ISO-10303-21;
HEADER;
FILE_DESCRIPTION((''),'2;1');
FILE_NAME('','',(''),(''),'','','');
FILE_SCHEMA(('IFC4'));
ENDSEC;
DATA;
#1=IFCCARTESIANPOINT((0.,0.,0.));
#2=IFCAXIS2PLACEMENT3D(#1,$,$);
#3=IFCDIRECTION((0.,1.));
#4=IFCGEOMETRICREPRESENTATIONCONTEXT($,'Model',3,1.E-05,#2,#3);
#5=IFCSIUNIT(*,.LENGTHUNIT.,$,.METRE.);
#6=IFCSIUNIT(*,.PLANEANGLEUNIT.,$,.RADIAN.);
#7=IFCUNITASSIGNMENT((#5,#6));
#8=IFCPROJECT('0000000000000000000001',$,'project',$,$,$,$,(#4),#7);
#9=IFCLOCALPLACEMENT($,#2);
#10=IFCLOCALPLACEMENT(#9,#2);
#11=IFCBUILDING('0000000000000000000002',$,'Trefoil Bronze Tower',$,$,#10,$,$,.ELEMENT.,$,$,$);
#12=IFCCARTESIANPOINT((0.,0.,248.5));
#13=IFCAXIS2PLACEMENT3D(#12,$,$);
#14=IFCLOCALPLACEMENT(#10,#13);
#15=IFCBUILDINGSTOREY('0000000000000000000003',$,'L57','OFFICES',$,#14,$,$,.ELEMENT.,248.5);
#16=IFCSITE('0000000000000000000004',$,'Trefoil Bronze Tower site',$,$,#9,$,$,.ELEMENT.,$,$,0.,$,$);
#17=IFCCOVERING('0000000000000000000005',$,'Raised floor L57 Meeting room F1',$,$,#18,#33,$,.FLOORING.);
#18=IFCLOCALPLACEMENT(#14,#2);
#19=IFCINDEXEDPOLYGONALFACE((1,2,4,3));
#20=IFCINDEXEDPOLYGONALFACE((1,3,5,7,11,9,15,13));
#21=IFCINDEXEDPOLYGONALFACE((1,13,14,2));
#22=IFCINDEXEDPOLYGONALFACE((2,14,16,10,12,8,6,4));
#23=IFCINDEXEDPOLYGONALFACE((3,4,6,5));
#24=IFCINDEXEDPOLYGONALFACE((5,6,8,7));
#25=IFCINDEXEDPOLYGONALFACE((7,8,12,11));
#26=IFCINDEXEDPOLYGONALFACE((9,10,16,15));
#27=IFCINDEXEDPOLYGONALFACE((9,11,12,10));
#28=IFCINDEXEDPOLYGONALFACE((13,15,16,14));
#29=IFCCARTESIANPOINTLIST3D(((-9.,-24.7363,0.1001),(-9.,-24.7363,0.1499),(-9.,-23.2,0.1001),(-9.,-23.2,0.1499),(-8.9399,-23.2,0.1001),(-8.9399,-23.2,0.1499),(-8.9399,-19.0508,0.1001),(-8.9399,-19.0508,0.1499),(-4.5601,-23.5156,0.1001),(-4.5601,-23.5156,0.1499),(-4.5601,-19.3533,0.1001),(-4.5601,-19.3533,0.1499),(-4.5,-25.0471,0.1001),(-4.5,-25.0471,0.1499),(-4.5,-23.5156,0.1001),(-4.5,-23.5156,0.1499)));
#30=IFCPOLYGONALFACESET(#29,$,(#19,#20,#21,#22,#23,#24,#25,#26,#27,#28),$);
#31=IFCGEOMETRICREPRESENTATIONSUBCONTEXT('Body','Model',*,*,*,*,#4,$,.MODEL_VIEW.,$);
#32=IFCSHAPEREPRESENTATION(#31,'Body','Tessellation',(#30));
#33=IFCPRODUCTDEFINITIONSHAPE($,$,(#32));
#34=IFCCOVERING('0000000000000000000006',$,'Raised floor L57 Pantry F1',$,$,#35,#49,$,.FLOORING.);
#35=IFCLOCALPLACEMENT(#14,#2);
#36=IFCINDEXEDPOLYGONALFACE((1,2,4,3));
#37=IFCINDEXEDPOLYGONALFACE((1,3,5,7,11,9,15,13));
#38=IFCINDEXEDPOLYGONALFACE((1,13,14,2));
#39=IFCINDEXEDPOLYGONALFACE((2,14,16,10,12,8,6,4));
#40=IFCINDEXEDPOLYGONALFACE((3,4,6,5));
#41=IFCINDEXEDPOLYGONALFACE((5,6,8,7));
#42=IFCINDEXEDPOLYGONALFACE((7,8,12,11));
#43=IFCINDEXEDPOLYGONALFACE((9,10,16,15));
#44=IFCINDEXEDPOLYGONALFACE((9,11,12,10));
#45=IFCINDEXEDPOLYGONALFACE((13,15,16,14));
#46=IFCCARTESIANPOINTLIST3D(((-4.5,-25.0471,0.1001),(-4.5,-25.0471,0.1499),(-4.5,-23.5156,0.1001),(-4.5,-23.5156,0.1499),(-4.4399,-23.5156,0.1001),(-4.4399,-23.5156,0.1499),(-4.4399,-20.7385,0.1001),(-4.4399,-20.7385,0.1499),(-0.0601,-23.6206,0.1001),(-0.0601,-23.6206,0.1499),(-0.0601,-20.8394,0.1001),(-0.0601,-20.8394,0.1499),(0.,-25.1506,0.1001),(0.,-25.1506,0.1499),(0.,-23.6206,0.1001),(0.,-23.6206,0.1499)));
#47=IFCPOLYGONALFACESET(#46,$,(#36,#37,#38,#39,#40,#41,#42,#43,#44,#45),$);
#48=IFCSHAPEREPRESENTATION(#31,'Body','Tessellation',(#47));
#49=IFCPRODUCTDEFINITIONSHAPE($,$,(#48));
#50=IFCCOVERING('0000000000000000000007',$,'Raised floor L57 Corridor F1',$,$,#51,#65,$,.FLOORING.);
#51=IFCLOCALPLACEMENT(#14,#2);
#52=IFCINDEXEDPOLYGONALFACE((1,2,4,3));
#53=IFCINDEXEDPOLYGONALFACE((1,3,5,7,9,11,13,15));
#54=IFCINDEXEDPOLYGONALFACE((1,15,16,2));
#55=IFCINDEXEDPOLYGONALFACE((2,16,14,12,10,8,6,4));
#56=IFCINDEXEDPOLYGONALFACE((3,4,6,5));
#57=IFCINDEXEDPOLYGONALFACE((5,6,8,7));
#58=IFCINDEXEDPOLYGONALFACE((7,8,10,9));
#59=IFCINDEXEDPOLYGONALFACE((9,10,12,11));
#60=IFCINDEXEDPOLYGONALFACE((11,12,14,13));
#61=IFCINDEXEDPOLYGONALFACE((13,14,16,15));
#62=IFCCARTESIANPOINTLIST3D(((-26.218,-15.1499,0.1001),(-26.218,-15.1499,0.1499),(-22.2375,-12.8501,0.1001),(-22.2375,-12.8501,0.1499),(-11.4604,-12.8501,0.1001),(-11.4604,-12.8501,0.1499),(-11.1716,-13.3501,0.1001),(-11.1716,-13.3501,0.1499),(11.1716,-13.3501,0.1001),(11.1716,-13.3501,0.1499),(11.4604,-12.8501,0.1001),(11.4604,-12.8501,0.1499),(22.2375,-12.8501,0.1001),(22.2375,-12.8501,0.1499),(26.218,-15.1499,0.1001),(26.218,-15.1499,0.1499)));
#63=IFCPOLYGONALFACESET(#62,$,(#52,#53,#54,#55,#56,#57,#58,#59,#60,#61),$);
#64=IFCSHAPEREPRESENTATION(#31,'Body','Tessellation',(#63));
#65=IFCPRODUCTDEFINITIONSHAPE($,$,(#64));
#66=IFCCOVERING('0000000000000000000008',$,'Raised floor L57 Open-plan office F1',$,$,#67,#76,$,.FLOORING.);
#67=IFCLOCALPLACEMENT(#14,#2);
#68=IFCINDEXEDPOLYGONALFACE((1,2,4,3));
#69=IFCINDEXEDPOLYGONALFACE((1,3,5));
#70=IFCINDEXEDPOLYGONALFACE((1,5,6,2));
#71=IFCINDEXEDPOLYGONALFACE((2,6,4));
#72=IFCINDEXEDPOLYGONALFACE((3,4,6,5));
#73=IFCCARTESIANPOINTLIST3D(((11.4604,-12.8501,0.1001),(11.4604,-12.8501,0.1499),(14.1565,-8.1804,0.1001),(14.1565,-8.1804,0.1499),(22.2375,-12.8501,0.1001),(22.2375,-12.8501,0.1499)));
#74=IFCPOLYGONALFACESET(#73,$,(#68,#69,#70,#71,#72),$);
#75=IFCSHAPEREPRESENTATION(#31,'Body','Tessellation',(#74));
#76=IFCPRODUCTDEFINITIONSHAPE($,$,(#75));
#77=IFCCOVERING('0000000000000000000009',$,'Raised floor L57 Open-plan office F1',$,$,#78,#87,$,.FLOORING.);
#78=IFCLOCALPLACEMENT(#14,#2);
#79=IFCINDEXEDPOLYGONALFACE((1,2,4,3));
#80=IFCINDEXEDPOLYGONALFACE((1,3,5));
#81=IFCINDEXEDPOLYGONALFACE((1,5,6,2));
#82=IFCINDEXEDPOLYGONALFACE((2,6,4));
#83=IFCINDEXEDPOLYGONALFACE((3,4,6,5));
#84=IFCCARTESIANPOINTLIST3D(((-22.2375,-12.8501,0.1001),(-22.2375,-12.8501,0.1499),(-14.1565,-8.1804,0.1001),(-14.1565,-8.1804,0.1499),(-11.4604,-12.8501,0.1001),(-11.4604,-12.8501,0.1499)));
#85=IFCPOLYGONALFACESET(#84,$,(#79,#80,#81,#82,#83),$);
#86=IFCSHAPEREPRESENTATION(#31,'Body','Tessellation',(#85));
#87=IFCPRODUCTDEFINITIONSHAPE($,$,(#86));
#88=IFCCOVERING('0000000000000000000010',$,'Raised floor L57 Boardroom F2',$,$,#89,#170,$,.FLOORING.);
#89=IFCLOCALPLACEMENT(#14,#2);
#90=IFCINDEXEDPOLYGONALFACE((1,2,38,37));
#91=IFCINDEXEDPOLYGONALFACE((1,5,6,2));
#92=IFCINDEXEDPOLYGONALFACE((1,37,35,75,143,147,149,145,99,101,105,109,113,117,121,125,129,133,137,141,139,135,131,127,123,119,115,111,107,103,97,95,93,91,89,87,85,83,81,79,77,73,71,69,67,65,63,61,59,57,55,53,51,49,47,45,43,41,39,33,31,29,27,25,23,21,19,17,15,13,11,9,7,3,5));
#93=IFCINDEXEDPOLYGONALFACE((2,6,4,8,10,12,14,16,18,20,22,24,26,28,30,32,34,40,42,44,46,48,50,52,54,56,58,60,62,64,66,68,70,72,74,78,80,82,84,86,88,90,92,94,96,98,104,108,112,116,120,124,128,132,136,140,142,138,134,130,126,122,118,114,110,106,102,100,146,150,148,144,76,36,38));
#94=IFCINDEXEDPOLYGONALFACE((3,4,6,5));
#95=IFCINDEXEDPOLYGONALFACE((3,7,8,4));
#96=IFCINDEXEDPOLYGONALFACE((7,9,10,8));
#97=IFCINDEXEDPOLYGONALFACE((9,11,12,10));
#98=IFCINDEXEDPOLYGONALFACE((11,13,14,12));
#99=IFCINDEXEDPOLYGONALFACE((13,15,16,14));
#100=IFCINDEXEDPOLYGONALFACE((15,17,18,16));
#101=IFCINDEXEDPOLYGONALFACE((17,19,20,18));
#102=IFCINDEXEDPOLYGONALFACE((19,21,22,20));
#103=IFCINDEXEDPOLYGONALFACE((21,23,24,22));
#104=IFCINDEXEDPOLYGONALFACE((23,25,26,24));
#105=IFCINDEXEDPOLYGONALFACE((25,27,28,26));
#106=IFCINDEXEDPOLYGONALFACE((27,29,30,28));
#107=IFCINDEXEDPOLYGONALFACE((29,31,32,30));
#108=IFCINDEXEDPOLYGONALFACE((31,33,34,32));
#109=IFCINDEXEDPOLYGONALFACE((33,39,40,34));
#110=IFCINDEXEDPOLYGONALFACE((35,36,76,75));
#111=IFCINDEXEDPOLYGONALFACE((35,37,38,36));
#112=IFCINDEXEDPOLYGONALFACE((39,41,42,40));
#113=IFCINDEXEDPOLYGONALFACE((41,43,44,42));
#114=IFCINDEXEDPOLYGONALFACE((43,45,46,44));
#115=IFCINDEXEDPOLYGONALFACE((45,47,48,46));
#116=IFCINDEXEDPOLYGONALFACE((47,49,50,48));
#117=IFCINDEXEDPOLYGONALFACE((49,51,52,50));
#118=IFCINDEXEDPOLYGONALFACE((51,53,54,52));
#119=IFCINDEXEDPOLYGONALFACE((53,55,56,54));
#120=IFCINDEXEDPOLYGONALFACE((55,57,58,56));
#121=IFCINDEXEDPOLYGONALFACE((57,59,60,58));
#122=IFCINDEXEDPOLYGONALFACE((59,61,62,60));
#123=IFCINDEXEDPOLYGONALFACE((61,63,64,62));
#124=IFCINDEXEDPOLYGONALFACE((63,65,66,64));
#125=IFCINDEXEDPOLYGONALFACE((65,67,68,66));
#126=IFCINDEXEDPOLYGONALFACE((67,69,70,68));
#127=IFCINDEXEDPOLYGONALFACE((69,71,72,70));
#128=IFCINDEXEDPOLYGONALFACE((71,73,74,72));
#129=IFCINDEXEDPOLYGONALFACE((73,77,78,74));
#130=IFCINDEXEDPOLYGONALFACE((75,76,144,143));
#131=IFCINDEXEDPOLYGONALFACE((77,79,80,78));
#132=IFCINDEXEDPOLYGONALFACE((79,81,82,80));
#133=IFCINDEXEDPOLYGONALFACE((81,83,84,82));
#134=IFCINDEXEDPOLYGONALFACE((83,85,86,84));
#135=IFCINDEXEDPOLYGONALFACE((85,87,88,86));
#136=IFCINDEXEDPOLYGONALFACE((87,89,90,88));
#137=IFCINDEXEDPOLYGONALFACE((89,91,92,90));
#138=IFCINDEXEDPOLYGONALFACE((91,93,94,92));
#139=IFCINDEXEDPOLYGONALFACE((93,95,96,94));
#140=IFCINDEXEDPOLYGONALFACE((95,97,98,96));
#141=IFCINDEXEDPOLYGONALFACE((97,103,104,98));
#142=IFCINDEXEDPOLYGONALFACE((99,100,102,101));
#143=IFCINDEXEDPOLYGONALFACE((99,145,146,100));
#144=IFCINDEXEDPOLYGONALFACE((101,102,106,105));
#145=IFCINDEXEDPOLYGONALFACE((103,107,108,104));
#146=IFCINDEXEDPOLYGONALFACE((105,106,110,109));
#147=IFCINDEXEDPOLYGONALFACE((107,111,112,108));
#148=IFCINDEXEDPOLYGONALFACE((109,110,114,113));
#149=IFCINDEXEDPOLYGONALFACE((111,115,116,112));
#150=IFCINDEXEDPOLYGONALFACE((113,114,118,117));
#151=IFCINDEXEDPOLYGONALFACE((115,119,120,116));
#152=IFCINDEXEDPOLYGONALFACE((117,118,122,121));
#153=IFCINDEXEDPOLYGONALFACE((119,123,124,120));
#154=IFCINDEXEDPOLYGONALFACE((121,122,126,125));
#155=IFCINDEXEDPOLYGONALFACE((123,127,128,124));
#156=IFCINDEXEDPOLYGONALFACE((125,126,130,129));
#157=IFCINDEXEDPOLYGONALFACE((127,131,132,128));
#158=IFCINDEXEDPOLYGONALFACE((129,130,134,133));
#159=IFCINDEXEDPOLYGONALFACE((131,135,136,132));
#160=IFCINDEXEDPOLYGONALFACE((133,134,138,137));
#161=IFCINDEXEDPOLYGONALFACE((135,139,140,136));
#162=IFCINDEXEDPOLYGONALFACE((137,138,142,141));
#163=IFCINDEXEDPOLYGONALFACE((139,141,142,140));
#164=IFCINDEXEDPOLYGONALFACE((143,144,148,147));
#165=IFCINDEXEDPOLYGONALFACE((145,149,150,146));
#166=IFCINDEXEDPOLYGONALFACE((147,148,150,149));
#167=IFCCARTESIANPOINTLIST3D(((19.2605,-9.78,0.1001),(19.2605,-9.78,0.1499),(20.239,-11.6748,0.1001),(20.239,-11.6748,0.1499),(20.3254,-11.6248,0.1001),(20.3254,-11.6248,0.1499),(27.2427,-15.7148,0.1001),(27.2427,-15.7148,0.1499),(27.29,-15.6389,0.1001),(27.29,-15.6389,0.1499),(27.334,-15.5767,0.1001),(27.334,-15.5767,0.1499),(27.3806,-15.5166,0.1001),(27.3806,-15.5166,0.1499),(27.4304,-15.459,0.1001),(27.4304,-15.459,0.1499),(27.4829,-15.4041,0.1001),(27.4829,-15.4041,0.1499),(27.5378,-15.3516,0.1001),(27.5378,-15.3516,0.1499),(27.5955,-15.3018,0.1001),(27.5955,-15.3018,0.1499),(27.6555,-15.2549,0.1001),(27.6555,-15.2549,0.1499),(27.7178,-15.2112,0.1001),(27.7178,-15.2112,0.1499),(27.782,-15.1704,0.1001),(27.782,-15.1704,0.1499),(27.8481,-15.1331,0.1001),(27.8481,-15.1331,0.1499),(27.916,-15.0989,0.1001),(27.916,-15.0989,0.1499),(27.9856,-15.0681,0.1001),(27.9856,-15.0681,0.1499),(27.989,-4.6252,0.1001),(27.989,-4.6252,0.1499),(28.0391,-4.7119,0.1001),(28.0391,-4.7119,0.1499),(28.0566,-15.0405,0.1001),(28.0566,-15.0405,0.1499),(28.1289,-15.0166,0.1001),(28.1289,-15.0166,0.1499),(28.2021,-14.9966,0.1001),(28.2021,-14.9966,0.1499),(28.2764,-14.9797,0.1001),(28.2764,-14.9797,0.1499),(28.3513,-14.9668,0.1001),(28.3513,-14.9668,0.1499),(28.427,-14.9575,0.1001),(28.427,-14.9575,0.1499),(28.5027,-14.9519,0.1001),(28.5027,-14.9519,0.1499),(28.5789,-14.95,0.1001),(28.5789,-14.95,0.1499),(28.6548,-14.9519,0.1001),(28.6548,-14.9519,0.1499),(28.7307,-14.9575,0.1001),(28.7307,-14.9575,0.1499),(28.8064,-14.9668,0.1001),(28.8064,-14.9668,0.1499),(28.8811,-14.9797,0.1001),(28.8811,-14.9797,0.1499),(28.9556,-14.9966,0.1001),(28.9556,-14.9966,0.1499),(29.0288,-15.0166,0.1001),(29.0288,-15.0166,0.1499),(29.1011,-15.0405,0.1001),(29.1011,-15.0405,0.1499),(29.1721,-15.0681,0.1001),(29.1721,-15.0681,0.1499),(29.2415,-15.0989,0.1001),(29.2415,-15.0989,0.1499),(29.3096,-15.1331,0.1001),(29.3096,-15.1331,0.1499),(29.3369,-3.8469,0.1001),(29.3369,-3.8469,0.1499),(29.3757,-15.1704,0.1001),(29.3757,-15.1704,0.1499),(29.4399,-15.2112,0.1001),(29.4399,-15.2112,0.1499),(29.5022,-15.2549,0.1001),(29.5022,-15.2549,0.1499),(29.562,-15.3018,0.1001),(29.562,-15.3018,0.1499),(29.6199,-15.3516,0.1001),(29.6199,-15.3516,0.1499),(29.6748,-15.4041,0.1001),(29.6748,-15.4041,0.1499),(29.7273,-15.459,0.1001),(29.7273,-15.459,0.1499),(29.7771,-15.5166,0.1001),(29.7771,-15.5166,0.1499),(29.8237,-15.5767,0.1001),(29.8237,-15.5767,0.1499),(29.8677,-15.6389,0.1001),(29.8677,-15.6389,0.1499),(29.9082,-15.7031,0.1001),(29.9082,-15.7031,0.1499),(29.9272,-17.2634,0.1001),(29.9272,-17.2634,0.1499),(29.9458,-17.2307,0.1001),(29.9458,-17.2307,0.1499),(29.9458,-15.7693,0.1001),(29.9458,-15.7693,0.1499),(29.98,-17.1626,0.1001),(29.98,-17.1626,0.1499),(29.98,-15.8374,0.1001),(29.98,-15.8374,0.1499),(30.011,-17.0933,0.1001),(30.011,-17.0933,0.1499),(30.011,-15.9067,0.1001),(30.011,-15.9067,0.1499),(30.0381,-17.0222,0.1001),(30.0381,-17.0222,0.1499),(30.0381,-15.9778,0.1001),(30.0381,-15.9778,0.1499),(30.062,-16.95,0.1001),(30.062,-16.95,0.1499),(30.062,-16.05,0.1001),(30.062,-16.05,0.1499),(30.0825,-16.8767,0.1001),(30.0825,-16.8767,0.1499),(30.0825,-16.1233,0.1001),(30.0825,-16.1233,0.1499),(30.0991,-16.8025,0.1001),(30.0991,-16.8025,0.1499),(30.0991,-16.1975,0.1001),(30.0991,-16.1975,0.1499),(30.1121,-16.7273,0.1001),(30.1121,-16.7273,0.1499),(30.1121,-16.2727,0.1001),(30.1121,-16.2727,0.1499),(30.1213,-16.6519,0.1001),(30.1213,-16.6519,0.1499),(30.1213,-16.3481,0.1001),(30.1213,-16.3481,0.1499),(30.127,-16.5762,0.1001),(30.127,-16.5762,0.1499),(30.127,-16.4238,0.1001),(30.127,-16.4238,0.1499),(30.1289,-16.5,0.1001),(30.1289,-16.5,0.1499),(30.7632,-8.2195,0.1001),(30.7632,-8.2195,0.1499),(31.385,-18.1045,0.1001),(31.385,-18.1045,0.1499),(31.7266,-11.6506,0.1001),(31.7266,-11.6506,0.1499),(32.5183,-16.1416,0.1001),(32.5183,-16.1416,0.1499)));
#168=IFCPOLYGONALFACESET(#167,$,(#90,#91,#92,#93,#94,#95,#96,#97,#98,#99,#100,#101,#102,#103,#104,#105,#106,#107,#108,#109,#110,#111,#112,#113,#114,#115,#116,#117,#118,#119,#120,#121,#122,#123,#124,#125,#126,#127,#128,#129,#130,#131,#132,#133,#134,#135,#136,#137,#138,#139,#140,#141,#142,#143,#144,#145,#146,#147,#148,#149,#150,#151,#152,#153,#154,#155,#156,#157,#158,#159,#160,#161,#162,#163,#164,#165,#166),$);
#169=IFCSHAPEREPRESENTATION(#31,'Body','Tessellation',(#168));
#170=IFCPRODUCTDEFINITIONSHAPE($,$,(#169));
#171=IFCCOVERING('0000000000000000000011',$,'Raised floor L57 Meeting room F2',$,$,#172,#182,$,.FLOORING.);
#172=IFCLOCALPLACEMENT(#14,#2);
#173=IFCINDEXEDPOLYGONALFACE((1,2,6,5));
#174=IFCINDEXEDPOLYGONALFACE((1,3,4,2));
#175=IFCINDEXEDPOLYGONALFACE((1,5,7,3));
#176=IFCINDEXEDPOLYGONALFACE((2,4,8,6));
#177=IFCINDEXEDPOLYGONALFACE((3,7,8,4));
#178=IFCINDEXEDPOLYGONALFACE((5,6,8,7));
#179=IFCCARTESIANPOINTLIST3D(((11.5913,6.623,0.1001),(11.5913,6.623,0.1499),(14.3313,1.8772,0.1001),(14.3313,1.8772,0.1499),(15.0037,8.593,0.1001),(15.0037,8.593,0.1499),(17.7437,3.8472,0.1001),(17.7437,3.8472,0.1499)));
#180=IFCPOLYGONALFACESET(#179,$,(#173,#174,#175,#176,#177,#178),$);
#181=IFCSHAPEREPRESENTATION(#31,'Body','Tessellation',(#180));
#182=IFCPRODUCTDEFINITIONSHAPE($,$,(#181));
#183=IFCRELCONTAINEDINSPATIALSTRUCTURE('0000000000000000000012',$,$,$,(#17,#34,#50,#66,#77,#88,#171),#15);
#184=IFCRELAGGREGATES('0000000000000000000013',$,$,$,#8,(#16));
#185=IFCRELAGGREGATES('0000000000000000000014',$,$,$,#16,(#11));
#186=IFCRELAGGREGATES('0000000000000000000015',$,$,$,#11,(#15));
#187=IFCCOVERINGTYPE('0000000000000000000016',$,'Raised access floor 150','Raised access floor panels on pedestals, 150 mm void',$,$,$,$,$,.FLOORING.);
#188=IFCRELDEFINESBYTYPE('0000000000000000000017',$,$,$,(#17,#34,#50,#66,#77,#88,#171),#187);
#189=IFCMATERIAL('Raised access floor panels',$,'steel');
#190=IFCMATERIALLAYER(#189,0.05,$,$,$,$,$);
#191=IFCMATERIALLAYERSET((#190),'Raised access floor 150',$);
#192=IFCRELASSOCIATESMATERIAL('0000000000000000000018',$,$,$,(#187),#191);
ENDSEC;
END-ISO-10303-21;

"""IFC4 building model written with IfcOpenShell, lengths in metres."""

from ifc_helpers import new_model, si_unit, direction, frame, origin, place, context, subcontext, project, spatial, polyline, outline, extrude, material, layer, layer_set, type_object, element, save


model = new_model("IFC4")

# Units and contexts
model_context = context("Model", 3, precision=1e-05, world=origin(), true_north=direction((0.0, 1.0)))
body_context = subcontext(model_context, "Body", "Model", "MODEL_VIEW")
ifc_project = project(units=[si_unit("LENGTHUNIT", "METRE"), si_unit("PLANEANGLEUNIT", "RADIAN")], contexts=[model_context])

# Site, building, storey
site_placement = place(None, origin())
site = spatial("IfcSite", under=ifc_project, at=site_placement, Name="Trefoil Bronze Tower site", CompositionType="ELEMENT", RefElevation=0.0)
building_placement = place(site_placement, origin())
building = spatial("IfcBuilding", under=site, at=building_placement, Name="Trefoil Bronze Tower", CompositionType="ELEMENT")
storey_placement = place(building_placement, frame((0.0, 0.0, 248.5)))
storey = spatial("IfcBuildingStorey", under=building, at=storey_placement, Name="L57", Description="OFFICES", CompositionType="ELEMENT", Elevation=248.5)

# Coverings
ifc_material_1 = material(Name="Raised access floor panels", Category="steel")
ifc_layer_1 = layer(ifc_material_1, 0.05)
ifc_layer_set_1 = layer_set([ifc_layer_1], Name="Raised access floor 150")
covering_type_1 = type_object("IfcCoveringType", Name="Raised access floor 150", Description="Raised access floor panels on pedestals, 150 mm void", PredefinedType="FLOORING", material=ifc_layer_set_1)
covering_1_placement = place(storey_placement, frame((0.0, 0.0, 0.1001)))
element("IfcCovering", 1, at=covering_1_placement, inside=storey, type_object=covering_type_1, Name="Raised floor L57 Meeting room F1", PredefinedType="FLOORING", context=body_context, shape_type="SweptSolid", body=[
    extrude(outline(polyline([(-4.5, -25.0471), (-9.0, -24.7363), (-9.0, -23.2), (-8.9399, -23.2), (-8.9399, -19.0508), (-4.5601, -19.3533), (-4.5601, -23.5156), (-4.5, -23.5156), (-4.5, -25.0471)])), origin(), (0.0, 0.0, 1.0), 0.0498),
])
covering_2_placement = place(storey_placement, frame((0.0, 0.0, 0.1001)))
element("IfcCovering", 2, at=covering_2_placement, inside=storey, type_object=covering_type_1, Name="Raised floor L57 Pantry F1", PredefinedType="FLOORING", context=body_context, shape_type="SweptSolid", body=[
    extrude(outline(polyline([(0.0, -25.1506), (-4.5, -25.0471), (-4.5, -23.5156), (-4.4399, -23.5156), (-4.4399, -20.7385), (-0.0601, -20.8394), (-0.0601, -23.6206), (0.0, -23.6206), (0.0, -25.1506)])), origin(), (0.0, 0.0, 1.0), 0.0498),
])
covering_3_placement = place(storey_placement, frame((0.0, 0.0, 0.1001)))
element("IfcCovering", 3, at=covering_3_placement, inside=storey, type_object=covering_type_1, Name="Raised floor L57 Corridor F1", PredefinedType="FLOORING", context=body_context, shape_type="SweptSolid", body=[
    extrude(outline(polyline([(-26.218, -15.1499), (-22.2375, -12.8501), (-11.4604, -12.8501), (-11.1716, -13.3501), (11.1716, -13.3501), (11.4604, -12.8501), (22.2375, -12.8501), (26.218, -15.1499), (-26.218, -15.1499)])), origin(), (0.0, 0.0, 1.0), 0.0498),
])
covering_4_placement = place(storey_placement, frame((0.0, 0.0, 0.1001)))
element("IfcCovering", 4, at=covering_4_placement, inside=storey, type_object=covering_type_1, Name="Raised floor L57 Open-plan office F1", PredefinedType="FLOORING", context=body_context, shape_type="SweptSolid", body=[
    extrude(outline(polyline([(14.1565, -8.1804), (22.2375, -12.8501), (11.4604, -12.8501), (14.1565, -8.1804)])), origin(), (0.0, 0.0, 1.0), 0.0498),
])
covering_5_placement = place(storey_placement, frame((0.0, 0.0, 0.1001)))
element("IfcCovering", 5, at=covering_5_placement, inside=storey, type_object=covering_type_1, Name="Raised floor L57 Open-plan office F1", PredefinedType="FLOORING", context=body_context, shape_type="SweptSolid", body=[
    extrude(outline(polyline([(-22.2375, -12.8501), (-14.1565, -8.1804), (-11.4604, -12.8501), (-22.2375, -12.8501)])), origin(), (0.0, 0.0, 1.0), 0.0498),
])
covering_6_placement = place(storey_placement, frame((0.0, 0.0, 0.1001)))
element("IfcCovering", 6, at=covering_6_placement, inside=storey, type_object=covering_type_1, Name="Raised floor L57 Boardroom F2", PredefinedType="FLOORING", context=body_context, shape_type="SweptSolid", body=[
    extrude(outline(polyline([(27.2427, -15.7148), (20.239, -11.6748), (20.3254, -11.6248), (19.2605, -9.78), (28.0391, -4.7119), (27.989, -4.6252), (29.3369, -3.8469), (30.7632, -8.2195), (31.7266, -11.6506), (32.5183, -16.1416), (31.385, -18.1045), (29.9272, -17.2634), (29.9458, -17.2307), (29.98, -17.1626), (30.011, -17.0933), (30.0381, -17.0222), (30.062, -16.95), (30.0825, -16.8767), (30.0991, -16.8025), (30.1121, -16.7273), (30.1213, -16.6519), (30.127, -16.5762), (30.1289, -16.5), (30.127, -16.4238), (30.1213, -16.3481), (30.1121, -16.2727), (30.0991, -16.1975), (30.0825, -16.1233), (30.062, -16.05), (30.0381, -15.9778), (30.011, -15.9067), (29.98, -15.8374), (29.9458, -15.7693), (29.9082, -15.7031), (29.8677, -15.6389), (29.8237, -15.5767), (29.7771, -15.5166), (29.7273, -15.459), (29.6748, -15.4041), (29.6199, -15.3516), (29.562, -15.3018), (29.5022, -15.2549), (29.4399, -15.2112), (29.3757, -15.1704), (29.3096, -15.1331), (29.2415, -15.0989), (29.1721, -15.0681), (29.1011, -15.0405), (29.0288, -15.0166), (28.9556, -14.9966), (28.8811, -14.9797), (28.8064, -14.9668), (28.7307, -14.9575), (28.6548, -14.9519), (28.5789, -14.95), (28.5027, -14.9519), (28.427, -14.9575), (28.3513, -14.9668), (28.2764, -14.9797), (28.2021, -14.9966), (28.1289, -15.0166), (28.0566, -15.0405), (27.9856, -15.0681), (27.916, -15.0989), (27.8481, -15.1331), (27.782, -15.1704), (27.7178, -15.2112), (27.6555, -15.2549), (27.5955, -15.3018), (27.5378, -15.3516), (27.4829, -15.4041), (27.4304, -15.459), (27.3806, -15.5166), (27.334, -15.5767), (27.29, -15.6389), (27.2427, -15.7148)])), origin(), (0.0, 0.0, 1.0), 0.0498),
])
covering_7_placement = place(storey_placement, frame((0.0, 0.0, 0.1001)))
element("IfcCovering", 7, at=covering_7_placement, inside=storey, type_object=covering_type_1, Name="Raised floor L57 Meeting room F2", PredefinedType="FLOORING", context=body_context, shape_type="SweptSolid", body=[
    extrude(outline(polyline([(11.5913, 6.623), (15.0037, 8.593), (17.7437, 3.8472), (14.3313, 1.8772), (11.5913, 6.623)])), origin(), (0.0, 0.0, 1.0), 0.0498),
])

save(model, "model.ifc")
